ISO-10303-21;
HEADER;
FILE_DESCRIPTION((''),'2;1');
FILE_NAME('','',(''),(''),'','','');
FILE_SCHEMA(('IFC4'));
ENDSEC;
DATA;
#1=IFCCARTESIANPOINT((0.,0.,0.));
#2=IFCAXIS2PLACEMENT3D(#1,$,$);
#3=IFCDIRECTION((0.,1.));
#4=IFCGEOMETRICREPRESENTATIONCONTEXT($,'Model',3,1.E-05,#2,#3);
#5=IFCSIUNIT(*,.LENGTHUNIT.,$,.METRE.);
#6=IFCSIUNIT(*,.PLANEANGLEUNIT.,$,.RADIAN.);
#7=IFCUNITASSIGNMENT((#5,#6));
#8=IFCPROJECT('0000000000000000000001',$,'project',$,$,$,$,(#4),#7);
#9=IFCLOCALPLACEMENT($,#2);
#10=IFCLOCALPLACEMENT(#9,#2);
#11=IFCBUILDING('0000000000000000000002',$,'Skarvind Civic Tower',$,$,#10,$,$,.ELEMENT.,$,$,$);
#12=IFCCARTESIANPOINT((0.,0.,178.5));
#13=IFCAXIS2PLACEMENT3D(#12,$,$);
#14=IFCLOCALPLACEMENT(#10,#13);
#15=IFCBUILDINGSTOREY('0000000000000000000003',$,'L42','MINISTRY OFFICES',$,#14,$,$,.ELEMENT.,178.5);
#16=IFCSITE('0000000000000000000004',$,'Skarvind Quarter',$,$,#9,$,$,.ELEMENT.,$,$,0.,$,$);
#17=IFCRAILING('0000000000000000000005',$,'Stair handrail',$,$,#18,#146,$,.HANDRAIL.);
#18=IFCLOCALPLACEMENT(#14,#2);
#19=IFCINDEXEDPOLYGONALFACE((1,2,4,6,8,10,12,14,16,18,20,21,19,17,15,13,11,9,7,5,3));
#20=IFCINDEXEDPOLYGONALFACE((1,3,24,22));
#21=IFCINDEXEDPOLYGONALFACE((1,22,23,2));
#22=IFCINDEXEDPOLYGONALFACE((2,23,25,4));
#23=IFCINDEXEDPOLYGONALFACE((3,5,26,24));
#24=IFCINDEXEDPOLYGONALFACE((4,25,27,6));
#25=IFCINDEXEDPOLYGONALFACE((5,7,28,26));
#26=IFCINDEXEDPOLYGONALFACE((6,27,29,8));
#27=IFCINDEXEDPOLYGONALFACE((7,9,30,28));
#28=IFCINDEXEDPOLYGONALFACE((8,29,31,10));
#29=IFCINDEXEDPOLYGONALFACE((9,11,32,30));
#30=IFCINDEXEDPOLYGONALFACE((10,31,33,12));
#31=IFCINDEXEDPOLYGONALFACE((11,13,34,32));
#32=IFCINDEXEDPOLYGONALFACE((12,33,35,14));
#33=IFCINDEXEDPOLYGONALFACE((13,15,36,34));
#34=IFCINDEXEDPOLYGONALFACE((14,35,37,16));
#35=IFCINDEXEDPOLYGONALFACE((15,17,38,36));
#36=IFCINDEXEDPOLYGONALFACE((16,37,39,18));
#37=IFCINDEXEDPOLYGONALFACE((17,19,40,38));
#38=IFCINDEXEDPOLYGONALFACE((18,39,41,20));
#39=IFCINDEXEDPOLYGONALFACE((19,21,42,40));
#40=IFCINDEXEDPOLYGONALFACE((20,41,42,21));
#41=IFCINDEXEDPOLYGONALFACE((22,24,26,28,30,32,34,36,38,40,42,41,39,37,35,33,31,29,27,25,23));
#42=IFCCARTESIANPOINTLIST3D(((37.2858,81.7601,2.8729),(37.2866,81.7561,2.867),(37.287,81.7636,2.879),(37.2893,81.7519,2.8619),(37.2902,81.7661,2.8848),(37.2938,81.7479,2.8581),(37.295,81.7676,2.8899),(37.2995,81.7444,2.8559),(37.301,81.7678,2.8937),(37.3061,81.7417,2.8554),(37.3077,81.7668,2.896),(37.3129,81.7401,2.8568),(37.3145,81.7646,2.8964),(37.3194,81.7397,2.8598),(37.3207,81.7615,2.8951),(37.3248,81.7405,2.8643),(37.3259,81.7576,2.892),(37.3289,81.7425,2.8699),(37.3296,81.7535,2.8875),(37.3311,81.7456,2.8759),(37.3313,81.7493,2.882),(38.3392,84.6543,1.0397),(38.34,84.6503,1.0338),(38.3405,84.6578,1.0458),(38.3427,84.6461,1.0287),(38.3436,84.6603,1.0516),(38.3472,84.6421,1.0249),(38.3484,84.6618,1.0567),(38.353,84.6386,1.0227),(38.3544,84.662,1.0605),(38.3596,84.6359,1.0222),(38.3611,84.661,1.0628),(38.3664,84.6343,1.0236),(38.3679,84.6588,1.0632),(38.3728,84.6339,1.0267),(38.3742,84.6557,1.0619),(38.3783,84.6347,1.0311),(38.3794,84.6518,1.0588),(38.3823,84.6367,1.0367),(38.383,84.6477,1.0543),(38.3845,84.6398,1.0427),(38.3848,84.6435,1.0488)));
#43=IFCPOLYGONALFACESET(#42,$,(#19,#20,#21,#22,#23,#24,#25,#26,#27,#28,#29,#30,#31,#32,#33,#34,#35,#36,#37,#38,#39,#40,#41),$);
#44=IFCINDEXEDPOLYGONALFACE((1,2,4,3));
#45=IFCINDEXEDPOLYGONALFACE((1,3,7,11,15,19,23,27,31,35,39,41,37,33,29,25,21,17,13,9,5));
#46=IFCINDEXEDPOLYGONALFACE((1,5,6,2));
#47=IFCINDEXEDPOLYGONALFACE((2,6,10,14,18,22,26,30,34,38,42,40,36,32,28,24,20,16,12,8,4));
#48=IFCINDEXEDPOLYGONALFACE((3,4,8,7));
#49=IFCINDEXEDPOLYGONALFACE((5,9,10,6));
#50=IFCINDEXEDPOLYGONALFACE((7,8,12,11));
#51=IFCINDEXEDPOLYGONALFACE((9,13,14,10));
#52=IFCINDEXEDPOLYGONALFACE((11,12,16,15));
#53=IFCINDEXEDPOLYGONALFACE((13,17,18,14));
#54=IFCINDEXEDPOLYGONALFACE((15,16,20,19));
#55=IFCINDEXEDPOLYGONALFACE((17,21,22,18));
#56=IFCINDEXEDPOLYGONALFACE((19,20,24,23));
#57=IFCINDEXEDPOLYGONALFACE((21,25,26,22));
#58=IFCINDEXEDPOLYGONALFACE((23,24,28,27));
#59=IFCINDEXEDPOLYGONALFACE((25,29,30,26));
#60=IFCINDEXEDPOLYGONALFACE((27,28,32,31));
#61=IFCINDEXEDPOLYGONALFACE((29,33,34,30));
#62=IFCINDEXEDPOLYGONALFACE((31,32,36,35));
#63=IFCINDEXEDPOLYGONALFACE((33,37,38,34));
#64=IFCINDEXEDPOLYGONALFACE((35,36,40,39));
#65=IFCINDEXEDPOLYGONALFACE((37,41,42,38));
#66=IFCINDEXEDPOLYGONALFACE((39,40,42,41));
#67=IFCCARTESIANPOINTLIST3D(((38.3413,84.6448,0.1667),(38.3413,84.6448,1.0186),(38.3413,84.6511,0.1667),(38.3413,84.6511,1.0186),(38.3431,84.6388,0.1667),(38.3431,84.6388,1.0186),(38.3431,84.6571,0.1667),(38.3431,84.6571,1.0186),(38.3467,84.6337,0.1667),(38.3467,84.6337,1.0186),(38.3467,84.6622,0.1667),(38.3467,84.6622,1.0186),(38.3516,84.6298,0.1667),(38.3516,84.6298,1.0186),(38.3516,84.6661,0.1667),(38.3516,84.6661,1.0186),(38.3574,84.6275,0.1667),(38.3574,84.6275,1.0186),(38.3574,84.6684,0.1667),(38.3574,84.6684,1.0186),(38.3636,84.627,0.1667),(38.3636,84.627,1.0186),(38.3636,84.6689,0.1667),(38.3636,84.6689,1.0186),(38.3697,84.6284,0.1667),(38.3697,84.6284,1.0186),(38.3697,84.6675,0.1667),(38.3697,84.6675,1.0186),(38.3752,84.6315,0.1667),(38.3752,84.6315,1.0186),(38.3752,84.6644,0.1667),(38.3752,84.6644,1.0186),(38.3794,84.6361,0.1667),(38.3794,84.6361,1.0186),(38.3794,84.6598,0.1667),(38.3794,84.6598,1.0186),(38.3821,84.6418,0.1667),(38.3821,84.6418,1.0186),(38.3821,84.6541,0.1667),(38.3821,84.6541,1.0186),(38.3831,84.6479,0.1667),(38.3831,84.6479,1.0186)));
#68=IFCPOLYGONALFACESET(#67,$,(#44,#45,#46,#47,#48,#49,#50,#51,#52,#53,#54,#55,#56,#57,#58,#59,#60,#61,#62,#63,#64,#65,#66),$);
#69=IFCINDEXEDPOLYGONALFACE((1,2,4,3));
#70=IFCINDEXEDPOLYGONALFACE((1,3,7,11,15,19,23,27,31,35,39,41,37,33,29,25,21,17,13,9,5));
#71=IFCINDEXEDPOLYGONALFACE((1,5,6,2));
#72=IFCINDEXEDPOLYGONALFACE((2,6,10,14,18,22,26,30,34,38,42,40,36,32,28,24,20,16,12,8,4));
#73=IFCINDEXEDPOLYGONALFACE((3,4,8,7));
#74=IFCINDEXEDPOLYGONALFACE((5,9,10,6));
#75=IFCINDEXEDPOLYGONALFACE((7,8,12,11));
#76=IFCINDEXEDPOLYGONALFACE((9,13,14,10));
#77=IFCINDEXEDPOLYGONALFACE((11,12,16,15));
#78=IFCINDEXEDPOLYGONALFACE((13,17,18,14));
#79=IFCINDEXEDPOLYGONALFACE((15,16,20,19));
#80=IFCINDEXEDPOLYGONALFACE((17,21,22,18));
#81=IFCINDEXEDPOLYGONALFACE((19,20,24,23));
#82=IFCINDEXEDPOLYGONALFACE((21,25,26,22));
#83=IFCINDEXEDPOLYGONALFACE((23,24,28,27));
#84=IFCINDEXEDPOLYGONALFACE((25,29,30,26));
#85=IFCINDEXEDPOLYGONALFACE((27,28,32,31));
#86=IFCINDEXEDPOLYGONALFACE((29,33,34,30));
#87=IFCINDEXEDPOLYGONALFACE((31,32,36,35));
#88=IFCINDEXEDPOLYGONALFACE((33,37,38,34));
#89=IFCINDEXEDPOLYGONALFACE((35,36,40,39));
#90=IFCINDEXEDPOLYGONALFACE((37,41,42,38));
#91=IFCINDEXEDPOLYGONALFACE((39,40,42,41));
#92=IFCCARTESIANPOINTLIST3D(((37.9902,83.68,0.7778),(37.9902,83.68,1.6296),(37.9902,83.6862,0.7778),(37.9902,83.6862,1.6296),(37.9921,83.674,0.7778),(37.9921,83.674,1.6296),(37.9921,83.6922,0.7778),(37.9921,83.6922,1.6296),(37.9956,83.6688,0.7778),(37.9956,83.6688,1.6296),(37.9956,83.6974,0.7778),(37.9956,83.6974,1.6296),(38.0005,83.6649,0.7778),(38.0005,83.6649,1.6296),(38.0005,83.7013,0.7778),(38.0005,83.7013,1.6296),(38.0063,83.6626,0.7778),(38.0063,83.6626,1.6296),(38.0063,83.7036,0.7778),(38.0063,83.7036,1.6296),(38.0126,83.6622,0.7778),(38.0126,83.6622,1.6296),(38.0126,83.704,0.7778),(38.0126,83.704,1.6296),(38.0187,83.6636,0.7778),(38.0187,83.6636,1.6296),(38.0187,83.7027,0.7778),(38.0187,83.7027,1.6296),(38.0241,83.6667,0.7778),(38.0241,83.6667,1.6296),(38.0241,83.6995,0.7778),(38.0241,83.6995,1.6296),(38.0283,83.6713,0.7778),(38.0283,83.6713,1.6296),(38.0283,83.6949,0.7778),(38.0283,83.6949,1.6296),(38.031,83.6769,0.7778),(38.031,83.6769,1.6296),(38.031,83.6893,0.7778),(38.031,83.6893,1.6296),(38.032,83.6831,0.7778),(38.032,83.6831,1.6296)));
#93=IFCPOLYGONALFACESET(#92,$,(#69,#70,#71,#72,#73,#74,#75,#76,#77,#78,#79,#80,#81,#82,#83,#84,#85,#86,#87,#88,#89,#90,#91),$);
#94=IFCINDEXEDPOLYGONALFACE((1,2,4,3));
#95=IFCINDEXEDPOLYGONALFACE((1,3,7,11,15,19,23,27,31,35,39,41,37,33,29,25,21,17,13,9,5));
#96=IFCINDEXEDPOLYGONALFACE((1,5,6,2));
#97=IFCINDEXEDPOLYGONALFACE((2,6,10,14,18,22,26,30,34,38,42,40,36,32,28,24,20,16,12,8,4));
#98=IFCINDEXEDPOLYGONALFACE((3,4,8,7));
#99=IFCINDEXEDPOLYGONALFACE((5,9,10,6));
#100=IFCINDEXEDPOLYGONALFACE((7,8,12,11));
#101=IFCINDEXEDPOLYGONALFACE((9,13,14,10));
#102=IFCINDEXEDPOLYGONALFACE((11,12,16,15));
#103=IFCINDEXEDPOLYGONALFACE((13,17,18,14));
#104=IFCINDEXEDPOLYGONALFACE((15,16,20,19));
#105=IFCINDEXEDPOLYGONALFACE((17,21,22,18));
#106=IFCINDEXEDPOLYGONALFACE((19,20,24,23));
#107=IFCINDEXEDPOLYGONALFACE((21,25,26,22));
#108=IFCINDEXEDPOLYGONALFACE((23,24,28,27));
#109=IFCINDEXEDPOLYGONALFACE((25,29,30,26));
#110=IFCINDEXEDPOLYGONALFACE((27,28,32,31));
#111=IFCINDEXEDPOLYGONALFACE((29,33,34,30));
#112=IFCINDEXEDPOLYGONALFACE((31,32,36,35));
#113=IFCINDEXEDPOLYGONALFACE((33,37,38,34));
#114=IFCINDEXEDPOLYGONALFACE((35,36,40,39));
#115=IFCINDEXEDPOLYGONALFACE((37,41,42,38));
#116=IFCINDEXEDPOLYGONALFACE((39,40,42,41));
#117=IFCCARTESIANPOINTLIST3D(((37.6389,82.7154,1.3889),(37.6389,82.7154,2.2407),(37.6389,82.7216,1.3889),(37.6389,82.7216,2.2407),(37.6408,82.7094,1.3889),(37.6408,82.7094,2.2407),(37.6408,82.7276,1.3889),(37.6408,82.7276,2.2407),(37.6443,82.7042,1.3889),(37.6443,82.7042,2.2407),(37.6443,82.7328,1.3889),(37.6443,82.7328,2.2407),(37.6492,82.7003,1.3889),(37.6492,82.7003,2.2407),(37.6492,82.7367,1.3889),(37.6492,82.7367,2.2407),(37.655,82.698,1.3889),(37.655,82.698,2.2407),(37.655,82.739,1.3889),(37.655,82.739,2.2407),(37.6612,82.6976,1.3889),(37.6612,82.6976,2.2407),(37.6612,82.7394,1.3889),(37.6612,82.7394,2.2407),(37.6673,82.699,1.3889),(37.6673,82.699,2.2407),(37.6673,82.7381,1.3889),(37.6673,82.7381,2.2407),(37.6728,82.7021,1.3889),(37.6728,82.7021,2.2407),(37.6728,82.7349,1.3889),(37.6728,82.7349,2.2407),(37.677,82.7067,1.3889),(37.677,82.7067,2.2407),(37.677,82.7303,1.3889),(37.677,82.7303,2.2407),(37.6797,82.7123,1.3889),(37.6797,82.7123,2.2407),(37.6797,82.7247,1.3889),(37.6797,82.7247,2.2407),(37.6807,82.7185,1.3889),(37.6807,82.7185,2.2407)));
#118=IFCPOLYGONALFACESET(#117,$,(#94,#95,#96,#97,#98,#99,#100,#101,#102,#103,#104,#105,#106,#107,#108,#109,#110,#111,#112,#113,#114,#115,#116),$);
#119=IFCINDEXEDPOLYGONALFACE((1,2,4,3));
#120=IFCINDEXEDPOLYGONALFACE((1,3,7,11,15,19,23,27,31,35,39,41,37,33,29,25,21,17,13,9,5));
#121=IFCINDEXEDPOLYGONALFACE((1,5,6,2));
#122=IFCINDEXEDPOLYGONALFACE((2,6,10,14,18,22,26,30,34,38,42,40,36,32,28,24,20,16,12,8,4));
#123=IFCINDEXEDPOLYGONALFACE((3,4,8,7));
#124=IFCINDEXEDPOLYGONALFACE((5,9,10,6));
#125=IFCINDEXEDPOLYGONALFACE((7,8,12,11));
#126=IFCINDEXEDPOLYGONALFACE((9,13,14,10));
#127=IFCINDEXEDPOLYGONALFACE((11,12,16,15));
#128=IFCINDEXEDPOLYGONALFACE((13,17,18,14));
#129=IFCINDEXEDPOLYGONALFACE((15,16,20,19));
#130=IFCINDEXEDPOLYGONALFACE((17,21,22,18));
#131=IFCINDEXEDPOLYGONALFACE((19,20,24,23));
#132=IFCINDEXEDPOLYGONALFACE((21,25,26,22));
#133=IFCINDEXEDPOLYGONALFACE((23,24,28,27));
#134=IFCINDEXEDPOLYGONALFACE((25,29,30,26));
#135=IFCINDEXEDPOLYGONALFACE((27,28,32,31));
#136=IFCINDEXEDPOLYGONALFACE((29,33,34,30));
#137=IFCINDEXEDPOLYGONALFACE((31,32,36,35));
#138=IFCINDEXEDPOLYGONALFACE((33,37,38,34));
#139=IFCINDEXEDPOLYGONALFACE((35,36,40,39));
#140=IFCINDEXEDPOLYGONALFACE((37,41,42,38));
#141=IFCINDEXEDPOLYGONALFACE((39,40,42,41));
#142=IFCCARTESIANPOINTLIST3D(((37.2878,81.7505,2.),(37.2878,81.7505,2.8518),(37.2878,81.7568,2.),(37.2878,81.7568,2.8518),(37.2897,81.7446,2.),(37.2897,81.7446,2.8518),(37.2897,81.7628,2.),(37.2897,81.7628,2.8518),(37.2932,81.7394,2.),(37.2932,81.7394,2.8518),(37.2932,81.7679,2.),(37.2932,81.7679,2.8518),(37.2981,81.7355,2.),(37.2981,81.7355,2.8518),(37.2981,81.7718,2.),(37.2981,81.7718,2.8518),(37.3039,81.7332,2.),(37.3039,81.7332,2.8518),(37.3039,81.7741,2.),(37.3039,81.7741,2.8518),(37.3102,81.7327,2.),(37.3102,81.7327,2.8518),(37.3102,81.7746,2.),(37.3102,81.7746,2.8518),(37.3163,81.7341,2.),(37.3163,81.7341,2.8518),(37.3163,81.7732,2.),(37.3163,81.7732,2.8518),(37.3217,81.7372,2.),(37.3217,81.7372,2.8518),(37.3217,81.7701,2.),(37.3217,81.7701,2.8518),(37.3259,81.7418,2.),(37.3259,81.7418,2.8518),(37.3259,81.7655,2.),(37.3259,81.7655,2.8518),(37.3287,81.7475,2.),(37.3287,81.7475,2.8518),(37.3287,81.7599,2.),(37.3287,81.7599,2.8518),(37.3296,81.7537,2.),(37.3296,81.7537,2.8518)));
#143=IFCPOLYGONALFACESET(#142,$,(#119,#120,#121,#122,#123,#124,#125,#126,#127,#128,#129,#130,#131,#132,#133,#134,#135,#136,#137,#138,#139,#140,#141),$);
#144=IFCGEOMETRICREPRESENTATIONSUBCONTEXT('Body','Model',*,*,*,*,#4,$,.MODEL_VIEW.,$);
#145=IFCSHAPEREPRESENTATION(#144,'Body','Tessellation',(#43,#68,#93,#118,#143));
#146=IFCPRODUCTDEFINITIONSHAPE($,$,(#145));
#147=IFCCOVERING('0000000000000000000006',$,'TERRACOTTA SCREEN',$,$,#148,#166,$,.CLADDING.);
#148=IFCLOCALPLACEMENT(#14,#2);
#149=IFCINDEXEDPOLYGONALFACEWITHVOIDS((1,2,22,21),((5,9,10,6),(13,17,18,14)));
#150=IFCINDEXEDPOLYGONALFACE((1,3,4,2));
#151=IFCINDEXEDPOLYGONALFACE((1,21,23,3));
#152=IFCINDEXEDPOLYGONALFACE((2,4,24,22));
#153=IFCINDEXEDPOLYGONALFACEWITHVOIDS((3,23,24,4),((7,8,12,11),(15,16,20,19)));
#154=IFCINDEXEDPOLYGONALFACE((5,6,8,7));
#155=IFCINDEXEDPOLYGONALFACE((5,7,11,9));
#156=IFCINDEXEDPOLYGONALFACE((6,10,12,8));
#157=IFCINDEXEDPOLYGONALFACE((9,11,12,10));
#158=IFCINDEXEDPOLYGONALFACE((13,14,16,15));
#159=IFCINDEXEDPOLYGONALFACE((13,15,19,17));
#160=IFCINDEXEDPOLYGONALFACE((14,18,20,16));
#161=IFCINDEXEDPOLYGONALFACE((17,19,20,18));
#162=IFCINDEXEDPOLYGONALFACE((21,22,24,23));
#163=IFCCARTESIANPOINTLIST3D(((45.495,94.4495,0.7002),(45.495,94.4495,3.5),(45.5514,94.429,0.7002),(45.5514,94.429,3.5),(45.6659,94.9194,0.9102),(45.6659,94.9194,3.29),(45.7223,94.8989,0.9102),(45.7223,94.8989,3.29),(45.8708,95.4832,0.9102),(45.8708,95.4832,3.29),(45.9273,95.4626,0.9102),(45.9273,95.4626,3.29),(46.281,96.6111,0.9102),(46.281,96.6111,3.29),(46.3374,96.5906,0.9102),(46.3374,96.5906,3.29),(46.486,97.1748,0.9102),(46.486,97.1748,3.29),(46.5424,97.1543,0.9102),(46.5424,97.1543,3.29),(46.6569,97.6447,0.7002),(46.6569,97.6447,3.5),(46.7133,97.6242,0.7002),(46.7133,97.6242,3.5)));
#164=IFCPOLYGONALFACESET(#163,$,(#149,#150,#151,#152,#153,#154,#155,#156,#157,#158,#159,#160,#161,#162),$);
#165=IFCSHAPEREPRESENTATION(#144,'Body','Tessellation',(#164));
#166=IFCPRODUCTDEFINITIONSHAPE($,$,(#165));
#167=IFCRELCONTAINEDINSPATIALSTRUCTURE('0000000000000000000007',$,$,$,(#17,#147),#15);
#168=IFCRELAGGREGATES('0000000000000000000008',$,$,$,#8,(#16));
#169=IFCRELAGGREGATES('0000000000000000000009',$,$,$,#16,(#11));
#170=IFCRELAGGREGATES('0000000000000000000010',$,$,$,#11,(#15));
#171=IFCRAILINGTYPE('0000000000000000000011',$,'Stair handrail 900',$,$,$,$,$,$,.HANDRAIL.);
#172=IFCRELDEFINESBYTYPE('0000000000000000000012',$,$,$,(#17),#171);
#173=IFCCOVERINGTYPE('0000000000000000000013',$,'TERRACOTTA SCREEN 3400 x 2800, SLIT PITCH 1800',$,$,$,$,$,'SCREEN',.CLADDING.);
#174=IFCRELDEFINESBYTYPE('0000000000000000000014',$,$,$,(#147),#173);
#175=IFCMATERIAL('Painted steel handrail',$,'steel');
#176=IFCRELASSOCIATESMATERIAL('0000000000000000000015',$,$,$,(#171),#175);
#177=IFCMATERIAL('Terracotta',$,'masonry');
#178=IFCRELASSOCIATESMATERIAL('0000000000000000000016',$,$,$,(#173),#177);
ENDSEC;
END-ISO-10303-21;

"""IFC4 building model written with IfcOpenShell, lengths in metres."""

from ifc_helpers import new_model, si_unit, direction, frame, origin, origin_2d, place, context, subcontext, project, spatial, polyline, circle, outline, extrude, material, material_profile, profile_set, type_object, element, save


model = new_model("IFC4")

# Units and contexts
model_context = context("Model", 3, precision=1e-05, world=origin(), true_north=direction((0.0, 1.0)))
body_context = subcontext(model_context, "Body", "Model", "MODEL_VIEW")
ifc_project = project(units=[si_unit("LENGTHUNIT", "METRE"), si_unit("PLANEANGLEUNIT", "RADIAN")], contexts=[model_context])

# Site, building, storey
site_placement = place(None, origin())
site = spatial("IfcSite", under=ifc_project, at=site_placement, Name="Skarvind Quarter", CompositionType="ELEMENT", RefElevation=0.0)
building_placement = place(site_placement, origin())
building = spatial("IfcBuilding", under=site, at=building_placement, Name="Skarvind Civic Tower", CompositionType="ELEMENT")
storey_placement = place(building_placement, frame((0.0, 0.0, 178.5)))
storey = spatial("IfcBuildingStorey", under=building, at=storey_placement, Name="L42", Description="MINISTRY OFFICES", CompositionType="ELEMENT", Elevation=178.5)

# Railing
ifc_material_1 = material(Name="Painted steel handrail", Category="steel")
railing_type = type_object("IfcRailingType", Name="Stair handrail 900", PredefinedType="HANDRAIL", material=ifc_material_1)
railing_placement = place(storey_placement, frame((38.3621, 84.6479, 0.1667)))
element("IfcRailing", 1, at=railing_placement, inside=storey, type_object=railing_type, Name="Stair handrail", PredefinedType="HANDRAIL", context=body_context, shape_type="SweptSolid", body=[
    extrude(circle(Radius=0.0239, at=origin_2d()), frame((0.0, 0.0, 0.876), z_axis=(-0.293908, -0.807481, 0.511461), x_axis=(0.939689, -0.342029, 0.0)), (0.0, 0.0, 1.0), 3.5842),
    extrude(circle(Radius=0.021, at=origin_2d()), origin(), (0.0, 0.0, 1.0), 0.8518),
    extrude(circle(Radius=0.021, at=origin_2d()), frame((-0.3511, -0.9648, 0.6111)), (0.0, 0.0, 1.0), 0.8518),
    extrude(circle(Radius=0.021, at=origin_2d()), frame((-0.7024, -1.9294, 1.2222)), (0.0, 0.0, 1.0), 0.8518),
    extrude(circle(Radius=0.021, at=origin_2d()), frame((-1.0535, -2.8943, 1.8333)), (0.0, 0.0, 1.0), 0.8518),
])

# Covering
ifc_material_2 = material(Name="Terracotta", Category="masonry")
ifc_material_profile_1 = material_profile(ifc_material_2, outline(polyline([(-1.7, -1.3999), (1.7, -1.3999), (1.7, 1.3999), (-1.7, 1.3999), (-1.7, -1.3999)]), holes=[polyline([(-1.2, -1.1899), (-0.6001, -1.1899), (-0.6001, 1.1899), (-1.2, 1.1899), (-1.2, -1.1899)]), polyline([(0.6001, -1.1899), (1.2, -1.1899), (1.2, 1.1899), (0.6001, 1.1899), (0.6001, -1.1899)])]), Name="TERRACOTTA SCREEN 3400 x 2800, SLIT PITCH 1800")
ifc_profile_set_1 = profile_set([ifc_material_profile_1], Name="Terracotta")
covering_type = type_object("IfcCoveringType", Name="TERRACOTTA SCREEN 3400 x 2800, SLIT PITCH 1800", ElementType="SCREEN", PredefinedType="CLADDING", material=ifc_profile_set_1)
covering_placement = place(storey_placement, frame((46.0759, 96.0471, 2.1001), z_axis=(0.939793, -0.341743, 0.0), x_axis=(0.341743, 0.939793, 0.0)))
element("IfcCovering", 2, at=covering_placement, inside=storey, type_object=covering_type, Name="TERRACOTTA SCREEN", PredefinedType="CLADDING", context=body_context, shape_type="SweptSolid", body=[
    extrude(outline(polyline([(-1.7, -1.3999), (1.7, -1.3999), (1.7, 1.3999), (-1.7, 1.3999), (-1.7, -1.3999)]), holes=[polyline([(-1.2, -1.1899), (-0.6001, -1.1899), (-0.6001, 1.1899), (-1.2, 1.1899), (-1.2, -1.1899)]), polyline([(0.6001, -1.1899), (1.2, -1.1899), (1.2, 1.1899), (0.6001, 1.1899), (0.6001, -1.1899)])]), origin(), (0.0, 0.0, 1.0), 0.0601),
])

save(model, "model.ifc")
